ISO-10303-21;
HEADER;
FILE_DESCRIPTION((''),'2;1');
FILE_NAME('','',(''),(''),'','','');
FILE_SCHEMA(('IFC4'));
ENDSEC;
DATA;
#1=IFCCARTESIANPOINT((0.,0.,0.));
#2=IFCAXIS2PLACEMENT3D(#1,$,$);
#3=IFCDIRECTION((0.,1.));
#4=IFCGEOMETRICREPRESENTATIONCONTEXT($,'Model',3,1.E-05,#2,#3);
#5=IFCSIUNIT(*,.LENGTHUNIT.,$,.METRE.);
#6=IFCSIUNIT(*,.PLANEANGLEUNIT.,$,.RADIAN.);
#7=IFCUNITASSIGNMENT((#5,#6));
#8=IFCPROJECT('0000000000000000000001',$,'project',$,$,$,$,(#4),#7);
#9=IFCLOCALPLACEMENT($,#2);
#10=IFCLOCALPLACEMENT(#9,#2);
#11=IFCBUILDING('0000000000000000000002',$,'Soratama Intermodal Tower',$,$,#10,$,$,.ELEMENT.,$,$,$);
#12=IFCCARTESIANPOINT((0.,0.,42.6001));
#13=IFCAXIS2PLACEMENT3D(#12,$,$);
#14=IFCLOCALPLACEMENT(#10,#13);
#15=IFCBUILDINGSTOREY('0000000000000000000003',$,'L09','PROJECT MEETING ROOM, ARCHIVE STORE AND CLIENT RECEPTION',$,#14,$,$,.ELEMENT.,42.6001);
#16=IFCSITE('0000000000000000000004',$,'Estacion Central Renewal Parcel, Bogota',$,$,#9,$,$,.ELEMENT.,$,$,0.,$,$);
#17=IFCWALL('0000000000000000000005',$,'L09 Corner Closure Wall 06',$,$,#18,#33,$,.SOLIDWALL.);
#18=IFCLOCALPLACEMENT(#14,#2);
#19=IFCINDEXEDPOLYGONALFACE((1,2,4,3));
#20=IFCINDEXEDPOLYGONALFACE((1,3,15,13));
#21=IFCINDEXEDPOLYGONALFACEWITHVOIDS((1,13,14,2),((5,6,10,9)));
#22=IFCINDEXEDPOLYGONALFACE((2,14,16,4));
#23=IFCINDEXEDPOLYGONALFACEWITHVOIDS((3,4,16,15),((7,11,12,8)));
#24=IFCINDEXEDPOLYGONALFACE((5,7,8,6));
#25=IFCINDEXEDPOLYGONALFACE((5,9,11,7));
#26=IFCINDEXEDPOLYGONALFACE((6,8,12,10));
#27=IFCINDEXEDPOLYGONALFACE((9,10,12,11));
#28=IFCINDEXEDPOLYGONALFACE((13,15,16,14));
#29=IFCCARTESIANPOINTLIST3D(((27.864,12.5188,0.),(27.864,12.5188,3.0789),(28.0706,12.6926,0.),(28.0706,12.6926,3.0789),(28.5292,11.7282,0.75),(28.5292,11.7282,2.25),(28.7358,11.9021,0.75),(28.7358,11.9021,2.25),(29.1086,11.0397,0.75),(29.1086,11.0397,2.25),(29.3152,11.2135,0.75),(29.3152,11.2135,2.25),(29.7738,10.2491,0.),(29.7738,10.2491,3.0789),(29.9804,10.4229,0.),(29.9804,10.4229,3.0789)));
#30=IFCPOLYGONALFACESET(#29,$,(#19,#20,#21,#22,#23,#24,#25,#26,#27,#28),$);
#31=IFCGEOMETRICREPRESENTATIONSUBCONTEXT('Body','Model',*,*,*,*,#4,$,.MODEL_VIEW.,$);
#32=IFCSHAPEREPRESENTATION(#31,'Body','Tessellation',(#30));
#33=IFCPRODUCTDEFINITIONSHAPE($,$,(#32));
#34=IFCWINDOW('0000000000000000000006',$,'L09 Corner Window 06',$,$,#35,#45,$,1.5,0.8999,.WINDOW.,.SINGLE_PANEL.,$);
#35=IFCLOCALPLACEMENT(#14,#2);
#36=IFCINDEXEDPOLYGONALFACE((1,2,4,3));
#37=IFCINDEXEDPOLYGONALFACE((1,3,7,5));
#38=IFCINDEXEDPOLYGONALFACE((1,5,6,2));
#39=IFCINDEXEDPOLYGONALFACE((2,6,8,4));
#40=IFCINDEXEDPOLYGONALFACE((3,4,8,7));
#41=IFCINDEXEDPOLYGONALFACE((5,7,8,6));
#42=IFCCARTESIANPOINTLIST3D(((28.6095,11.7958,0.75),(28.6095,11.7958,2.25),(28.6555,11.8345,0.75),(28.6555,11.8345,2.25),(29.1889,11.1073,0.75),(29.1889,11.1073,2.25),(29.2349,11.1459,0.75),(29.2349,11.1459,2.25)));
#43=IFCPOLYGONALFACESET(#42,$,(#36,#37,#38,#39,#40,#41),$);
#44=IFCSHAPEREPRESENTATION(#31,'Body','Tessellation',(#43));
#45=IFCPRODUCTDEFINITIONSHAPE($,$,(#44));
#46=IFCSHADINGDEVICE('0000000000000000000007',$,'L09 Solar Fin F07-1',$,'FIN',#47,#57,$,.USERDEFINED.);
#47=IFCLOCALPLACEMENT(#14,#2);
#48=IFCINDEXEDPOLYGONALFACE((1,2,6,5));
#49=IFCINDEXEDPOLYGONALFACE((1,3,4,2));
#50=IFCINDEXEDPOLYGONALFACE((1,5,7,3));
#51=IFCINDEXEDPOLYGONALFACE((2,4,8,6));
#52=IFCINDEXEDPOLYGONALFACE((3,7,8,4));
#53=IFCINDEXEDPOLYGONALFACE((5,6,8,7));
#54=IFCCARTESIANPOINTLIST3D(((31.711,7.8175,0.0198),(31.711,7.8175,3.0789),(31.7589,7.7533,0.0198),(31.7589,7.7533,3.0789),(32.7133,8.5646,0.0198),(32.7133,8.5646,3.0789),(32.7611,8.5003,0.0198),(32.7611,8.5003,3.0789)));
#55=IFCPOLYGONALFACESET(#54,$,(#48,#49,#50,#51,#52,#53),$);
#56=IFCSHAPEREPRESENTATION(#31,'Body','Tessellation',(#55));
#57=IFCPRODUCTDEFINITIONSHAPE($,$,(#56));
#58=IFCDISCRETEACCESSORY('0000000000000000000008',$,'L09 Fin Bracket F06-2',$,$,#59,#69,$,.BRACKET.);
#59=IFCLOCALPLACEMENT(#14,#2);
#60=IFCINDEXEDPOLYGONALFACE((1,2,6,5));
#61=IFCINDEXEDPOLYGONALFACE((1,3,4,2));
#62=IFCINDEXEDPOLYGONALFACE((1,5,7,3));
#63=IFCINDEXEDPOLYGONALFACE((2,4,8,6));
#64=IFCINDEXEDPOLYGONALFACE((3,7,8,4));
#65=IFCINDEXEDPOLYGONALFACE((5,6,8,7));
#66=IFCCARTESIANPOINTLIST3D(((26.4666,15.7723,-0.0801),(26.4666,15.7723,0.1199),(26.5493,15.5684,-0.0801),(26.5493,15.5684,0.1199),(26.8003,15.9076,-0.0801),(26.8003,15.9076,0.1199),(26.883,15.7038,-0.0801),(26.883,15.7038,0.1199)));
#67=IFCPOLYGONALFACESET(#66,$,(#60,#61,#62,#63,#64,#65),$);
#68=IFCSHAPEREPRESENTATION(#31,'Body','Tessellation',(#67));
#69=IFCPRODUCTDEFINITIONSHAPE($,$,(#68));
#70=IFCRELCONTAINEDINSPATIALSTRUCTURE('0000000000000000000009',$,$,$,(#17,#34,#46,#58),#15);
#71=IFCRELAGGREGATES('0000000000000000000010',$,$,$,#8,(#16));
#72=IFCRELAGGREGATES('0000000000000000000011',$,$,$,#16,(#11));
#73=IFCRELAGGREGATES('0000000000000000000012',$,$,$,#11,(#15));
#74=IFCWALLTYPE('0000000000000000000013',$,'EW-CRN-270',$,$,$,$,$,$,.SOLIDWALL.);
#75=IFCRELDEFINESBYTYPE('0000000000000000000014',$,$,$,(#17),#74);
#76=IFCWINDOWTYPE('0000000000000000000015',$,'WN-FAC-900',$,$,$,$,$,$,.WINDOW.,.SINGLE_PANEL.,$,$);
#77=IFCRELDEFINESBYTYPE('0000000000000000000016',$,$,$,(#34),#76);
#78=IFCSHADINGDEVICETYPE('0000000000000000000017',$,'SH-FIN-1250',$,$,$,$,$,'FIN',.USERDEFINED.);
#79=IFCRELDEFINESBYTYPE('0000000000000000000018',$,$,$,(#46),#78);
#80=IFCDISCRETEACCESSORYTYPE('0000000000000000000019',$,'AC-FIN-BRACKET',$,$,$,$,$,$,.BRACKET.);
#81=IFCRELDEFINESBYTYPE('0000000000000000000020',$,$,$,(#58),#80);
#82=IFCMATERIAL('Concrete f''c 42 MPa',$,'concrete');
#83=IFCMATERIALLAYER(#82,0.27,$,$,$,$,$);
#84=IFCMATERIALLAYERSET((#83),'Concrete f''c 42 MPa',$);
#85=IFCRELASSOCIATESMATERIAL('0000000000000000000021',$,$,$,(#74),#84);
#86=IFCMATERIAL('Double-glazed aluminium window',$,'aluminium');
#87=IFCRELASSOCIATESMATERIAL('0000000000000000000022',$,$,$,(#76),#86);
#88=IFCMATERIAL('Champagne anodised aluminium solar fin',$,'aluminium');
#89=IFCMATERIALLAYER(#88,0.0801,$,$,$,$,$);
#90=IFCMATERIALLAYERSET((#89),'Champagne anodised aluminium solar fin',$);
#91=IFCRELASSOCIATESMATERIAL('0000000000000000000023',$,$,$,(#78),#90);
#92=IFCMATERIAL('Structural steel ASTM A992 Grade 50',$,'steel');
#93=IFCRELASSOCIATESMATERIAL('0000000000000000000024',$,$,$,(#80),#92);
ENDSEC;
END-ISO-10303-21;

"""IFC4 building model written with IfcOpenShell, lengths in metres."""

from ifc_helpers import new_model, si_unit, direction, frame, frame_2d, origin, origin_2d, place, context, subcontext, project, spatial, rectangle, extrude, material, layer, layer_set, type_object, element, fill, save


model = new_model("IFC4")

# Units and contexts
model_context = context("Model", 3, precision=1e-05, world=origin(), true_north=direction((0.0, 1.0)))
body_context = subcontext(model_context, "Body", "Model", "MODEL_VIEW")
ifc_project = project(units=[si_unit("LENGTHUNIT", "METRE"), si_unit("PLANEANGLEUNIT", "RADIAN")], contexts=[model_context])

# Site, building, storey
site_placement = place(None, origin())
site = spatial("IfcSite", under=ifc_project, at=site_placement, Name="Estacion Central Renewal Parcel, Bogota", CompositionType="ELEMENT", RefElevation=0.0)
building_placement = place(site_placement, origin())
building = spatial("IfcBuilding", under=site, at=building_placement, Name="Soratama Intermodal Tower", CompositionType="ELEMENT")
storey_placement = place(building_placement, frame((0.0, 0.0, 42.6001)))
storey = spatial("IfcBuildingStorey", under=building, at=storey_placement, Name="L09", Description="PROJECT MEETING ROOM, ARCHIVE STORE AND CLIENT RECEPTION", CompositionType="ELEMENT", Elevation=42.6001)

# Wall, opening, window
ifc_material_1 = material(Name="Concrete f'c 42 MPa", Category="concrete")
ifc_layer_1 = layer(ifc_material_1, 0.27)
ifc_layer_set_1 = layer_set([ifc_layer_1], Name="Concrete f'c 42 MPa")
wall_type_1 = type_object("IfcWallType", Name="EW-CRN-270", PredefinedType="SOLIDWALL", material=ifc_layer_set_1)
wall_1_placement = place(storey_placement, frame((27.9673, 12.6057, 0.0), z_axis=(0.0, 0.0, 1.0), x_axis=(0.643844, -0.765157, 0.0)))
wall_1 = element("IfcWall", 1, at=wall_1_placement, inside=storey, type_object=wall_type_1, Name="L09 Corner Closure Wall 06", PredefinedType="SOLIDWALL", context=body_context, shape_type="SweptSolid", body=[
    extrude(rectangle(XDim=2.9663, YDim=0.27, at=frame_2d((1.4832, 0.0))), origin(), (0.0, 0.0, 1.0), 3.0789),
])
opening_1_placement = place(wall_1_placement, frame((1.0332, 0.0, 0.75)))
opening_1 = element("IfcOpeningElement", 2, at=opening_1_placement, cuts=wall_1, PredefinedType="OPENING", context=body_context, shape_type="SweptSolid", body=[
    extrude(rectangle(XDim=0.8999, YDim=1.5, at=frame_2d((0.45, 0.75))), frame((0.0, 0.145, 0.0), z_axis=(0.0, -1.0, 0.0), x_axis=(1.0, 0.0, 0.0)), (0.0, 0.0, 1.0), 0.29),
])
ifc_material_2 = material(Name="Double-glazed aluminium window", Category="aluminium")
window_type = type_object("IfcWindowType", Name="WN-FAC-900", PartitioningType="SINGLE_PANEL", PredefinedType="WINDOW", material=ifc_material_2)
window_placement = place(opening_1_placement, origin())
window = element("IfcWindow", 3, at=window_placement, inside=storey, type_object=window_type, Name="L09 Corner Window 06", OverallHeight=1.5, OverallWidth=0.8999, PartitioningType="SINGLE_PANEL", PredefinedType="WINDOW", context=body_context, shape_type="SweptSolid", body=[
    extrude(rectangle(XDim=0.8999, YDim=1.5, at=frame_2d((0.45, 0.75))), frame((0.0, 0.03, 0.0), z_axis=(0.0, -1.0, 0.0), x_axis=(1.0, 0.0, 0.0)), (0.0, 0.0, 1.0), 0.0601),
])
fill(opening_1, window)

# Shading device
ifc_material_3 = material(Name="Champagne anodised aluminium solar fin", Category="aluminium")
ifc_layer_2 = layer(ifc_material_3, 0.0801)
ifc_layer_set_2 = layer_set([ifc_layer_2], Name="Champagne anodised aluminium solar fin")
shading_device_type = type_object("IfcShadingDeviceType", Name="SH-FIN-1250", ElementType="FIN", PredefinedType="USERDEFINED", material=ifc_layer_set_2)
shading_device_placement = place(storey_placement, frame((32.2361, 8.1589, 0.0198), z_axis=(0.0, 0.0, 1.0), x_axis=(-0.801776, -0.597625, 0.0)))
element("IfcShadingDevice", 4, at=shading_device_placement, inside=storey, type_object=shading_device_type, Name="L09 Solar Fin F07-1", ObjectType="FIN", PredefinedType="USERDEFINED", context=body_context, shape_type="SweptSolid", body=[
    extrude(rectangle(XDim=1.25, YDim=0.0801, at=origin_2d()), origin(), (0.0, 0.0, 1.0), 3.0591),
])

# Discrete accessory
ifc_material_4 = material(Name="Structural steel ASTM A992 Grade 50", Category="steel")
discrete_accessory_type = type_object("IfcDiscreteAccessoryType", Name="AC-FIN-BRACKET", PredefinedType="BRACKET", material=ifc_material_4)
discrete_accessory_placement = place(storey_placement, frame((26.6748, 15.738, -0.0801), z_axis=(0.0, 0.0, 1.0), x_axis=(-0.92666, -0.375901, 0.0)))
element("IfcDiscreteAccessory", 5, at=discrete_accessory_placement, inside=storey, type_object=discrete_accessory_type, Name="L09 Fin Bracket F06-2", PredefinedType="BRACKET", context=body_context, shape_type="SweptSolid", body=[
    extrude(rectangle(XDim=0.3601, YDim=0.22, at=origin_2d()), origin(), (0.0, 0.0, 1.0), 0.2),
])

save(model, "model.ifc")
